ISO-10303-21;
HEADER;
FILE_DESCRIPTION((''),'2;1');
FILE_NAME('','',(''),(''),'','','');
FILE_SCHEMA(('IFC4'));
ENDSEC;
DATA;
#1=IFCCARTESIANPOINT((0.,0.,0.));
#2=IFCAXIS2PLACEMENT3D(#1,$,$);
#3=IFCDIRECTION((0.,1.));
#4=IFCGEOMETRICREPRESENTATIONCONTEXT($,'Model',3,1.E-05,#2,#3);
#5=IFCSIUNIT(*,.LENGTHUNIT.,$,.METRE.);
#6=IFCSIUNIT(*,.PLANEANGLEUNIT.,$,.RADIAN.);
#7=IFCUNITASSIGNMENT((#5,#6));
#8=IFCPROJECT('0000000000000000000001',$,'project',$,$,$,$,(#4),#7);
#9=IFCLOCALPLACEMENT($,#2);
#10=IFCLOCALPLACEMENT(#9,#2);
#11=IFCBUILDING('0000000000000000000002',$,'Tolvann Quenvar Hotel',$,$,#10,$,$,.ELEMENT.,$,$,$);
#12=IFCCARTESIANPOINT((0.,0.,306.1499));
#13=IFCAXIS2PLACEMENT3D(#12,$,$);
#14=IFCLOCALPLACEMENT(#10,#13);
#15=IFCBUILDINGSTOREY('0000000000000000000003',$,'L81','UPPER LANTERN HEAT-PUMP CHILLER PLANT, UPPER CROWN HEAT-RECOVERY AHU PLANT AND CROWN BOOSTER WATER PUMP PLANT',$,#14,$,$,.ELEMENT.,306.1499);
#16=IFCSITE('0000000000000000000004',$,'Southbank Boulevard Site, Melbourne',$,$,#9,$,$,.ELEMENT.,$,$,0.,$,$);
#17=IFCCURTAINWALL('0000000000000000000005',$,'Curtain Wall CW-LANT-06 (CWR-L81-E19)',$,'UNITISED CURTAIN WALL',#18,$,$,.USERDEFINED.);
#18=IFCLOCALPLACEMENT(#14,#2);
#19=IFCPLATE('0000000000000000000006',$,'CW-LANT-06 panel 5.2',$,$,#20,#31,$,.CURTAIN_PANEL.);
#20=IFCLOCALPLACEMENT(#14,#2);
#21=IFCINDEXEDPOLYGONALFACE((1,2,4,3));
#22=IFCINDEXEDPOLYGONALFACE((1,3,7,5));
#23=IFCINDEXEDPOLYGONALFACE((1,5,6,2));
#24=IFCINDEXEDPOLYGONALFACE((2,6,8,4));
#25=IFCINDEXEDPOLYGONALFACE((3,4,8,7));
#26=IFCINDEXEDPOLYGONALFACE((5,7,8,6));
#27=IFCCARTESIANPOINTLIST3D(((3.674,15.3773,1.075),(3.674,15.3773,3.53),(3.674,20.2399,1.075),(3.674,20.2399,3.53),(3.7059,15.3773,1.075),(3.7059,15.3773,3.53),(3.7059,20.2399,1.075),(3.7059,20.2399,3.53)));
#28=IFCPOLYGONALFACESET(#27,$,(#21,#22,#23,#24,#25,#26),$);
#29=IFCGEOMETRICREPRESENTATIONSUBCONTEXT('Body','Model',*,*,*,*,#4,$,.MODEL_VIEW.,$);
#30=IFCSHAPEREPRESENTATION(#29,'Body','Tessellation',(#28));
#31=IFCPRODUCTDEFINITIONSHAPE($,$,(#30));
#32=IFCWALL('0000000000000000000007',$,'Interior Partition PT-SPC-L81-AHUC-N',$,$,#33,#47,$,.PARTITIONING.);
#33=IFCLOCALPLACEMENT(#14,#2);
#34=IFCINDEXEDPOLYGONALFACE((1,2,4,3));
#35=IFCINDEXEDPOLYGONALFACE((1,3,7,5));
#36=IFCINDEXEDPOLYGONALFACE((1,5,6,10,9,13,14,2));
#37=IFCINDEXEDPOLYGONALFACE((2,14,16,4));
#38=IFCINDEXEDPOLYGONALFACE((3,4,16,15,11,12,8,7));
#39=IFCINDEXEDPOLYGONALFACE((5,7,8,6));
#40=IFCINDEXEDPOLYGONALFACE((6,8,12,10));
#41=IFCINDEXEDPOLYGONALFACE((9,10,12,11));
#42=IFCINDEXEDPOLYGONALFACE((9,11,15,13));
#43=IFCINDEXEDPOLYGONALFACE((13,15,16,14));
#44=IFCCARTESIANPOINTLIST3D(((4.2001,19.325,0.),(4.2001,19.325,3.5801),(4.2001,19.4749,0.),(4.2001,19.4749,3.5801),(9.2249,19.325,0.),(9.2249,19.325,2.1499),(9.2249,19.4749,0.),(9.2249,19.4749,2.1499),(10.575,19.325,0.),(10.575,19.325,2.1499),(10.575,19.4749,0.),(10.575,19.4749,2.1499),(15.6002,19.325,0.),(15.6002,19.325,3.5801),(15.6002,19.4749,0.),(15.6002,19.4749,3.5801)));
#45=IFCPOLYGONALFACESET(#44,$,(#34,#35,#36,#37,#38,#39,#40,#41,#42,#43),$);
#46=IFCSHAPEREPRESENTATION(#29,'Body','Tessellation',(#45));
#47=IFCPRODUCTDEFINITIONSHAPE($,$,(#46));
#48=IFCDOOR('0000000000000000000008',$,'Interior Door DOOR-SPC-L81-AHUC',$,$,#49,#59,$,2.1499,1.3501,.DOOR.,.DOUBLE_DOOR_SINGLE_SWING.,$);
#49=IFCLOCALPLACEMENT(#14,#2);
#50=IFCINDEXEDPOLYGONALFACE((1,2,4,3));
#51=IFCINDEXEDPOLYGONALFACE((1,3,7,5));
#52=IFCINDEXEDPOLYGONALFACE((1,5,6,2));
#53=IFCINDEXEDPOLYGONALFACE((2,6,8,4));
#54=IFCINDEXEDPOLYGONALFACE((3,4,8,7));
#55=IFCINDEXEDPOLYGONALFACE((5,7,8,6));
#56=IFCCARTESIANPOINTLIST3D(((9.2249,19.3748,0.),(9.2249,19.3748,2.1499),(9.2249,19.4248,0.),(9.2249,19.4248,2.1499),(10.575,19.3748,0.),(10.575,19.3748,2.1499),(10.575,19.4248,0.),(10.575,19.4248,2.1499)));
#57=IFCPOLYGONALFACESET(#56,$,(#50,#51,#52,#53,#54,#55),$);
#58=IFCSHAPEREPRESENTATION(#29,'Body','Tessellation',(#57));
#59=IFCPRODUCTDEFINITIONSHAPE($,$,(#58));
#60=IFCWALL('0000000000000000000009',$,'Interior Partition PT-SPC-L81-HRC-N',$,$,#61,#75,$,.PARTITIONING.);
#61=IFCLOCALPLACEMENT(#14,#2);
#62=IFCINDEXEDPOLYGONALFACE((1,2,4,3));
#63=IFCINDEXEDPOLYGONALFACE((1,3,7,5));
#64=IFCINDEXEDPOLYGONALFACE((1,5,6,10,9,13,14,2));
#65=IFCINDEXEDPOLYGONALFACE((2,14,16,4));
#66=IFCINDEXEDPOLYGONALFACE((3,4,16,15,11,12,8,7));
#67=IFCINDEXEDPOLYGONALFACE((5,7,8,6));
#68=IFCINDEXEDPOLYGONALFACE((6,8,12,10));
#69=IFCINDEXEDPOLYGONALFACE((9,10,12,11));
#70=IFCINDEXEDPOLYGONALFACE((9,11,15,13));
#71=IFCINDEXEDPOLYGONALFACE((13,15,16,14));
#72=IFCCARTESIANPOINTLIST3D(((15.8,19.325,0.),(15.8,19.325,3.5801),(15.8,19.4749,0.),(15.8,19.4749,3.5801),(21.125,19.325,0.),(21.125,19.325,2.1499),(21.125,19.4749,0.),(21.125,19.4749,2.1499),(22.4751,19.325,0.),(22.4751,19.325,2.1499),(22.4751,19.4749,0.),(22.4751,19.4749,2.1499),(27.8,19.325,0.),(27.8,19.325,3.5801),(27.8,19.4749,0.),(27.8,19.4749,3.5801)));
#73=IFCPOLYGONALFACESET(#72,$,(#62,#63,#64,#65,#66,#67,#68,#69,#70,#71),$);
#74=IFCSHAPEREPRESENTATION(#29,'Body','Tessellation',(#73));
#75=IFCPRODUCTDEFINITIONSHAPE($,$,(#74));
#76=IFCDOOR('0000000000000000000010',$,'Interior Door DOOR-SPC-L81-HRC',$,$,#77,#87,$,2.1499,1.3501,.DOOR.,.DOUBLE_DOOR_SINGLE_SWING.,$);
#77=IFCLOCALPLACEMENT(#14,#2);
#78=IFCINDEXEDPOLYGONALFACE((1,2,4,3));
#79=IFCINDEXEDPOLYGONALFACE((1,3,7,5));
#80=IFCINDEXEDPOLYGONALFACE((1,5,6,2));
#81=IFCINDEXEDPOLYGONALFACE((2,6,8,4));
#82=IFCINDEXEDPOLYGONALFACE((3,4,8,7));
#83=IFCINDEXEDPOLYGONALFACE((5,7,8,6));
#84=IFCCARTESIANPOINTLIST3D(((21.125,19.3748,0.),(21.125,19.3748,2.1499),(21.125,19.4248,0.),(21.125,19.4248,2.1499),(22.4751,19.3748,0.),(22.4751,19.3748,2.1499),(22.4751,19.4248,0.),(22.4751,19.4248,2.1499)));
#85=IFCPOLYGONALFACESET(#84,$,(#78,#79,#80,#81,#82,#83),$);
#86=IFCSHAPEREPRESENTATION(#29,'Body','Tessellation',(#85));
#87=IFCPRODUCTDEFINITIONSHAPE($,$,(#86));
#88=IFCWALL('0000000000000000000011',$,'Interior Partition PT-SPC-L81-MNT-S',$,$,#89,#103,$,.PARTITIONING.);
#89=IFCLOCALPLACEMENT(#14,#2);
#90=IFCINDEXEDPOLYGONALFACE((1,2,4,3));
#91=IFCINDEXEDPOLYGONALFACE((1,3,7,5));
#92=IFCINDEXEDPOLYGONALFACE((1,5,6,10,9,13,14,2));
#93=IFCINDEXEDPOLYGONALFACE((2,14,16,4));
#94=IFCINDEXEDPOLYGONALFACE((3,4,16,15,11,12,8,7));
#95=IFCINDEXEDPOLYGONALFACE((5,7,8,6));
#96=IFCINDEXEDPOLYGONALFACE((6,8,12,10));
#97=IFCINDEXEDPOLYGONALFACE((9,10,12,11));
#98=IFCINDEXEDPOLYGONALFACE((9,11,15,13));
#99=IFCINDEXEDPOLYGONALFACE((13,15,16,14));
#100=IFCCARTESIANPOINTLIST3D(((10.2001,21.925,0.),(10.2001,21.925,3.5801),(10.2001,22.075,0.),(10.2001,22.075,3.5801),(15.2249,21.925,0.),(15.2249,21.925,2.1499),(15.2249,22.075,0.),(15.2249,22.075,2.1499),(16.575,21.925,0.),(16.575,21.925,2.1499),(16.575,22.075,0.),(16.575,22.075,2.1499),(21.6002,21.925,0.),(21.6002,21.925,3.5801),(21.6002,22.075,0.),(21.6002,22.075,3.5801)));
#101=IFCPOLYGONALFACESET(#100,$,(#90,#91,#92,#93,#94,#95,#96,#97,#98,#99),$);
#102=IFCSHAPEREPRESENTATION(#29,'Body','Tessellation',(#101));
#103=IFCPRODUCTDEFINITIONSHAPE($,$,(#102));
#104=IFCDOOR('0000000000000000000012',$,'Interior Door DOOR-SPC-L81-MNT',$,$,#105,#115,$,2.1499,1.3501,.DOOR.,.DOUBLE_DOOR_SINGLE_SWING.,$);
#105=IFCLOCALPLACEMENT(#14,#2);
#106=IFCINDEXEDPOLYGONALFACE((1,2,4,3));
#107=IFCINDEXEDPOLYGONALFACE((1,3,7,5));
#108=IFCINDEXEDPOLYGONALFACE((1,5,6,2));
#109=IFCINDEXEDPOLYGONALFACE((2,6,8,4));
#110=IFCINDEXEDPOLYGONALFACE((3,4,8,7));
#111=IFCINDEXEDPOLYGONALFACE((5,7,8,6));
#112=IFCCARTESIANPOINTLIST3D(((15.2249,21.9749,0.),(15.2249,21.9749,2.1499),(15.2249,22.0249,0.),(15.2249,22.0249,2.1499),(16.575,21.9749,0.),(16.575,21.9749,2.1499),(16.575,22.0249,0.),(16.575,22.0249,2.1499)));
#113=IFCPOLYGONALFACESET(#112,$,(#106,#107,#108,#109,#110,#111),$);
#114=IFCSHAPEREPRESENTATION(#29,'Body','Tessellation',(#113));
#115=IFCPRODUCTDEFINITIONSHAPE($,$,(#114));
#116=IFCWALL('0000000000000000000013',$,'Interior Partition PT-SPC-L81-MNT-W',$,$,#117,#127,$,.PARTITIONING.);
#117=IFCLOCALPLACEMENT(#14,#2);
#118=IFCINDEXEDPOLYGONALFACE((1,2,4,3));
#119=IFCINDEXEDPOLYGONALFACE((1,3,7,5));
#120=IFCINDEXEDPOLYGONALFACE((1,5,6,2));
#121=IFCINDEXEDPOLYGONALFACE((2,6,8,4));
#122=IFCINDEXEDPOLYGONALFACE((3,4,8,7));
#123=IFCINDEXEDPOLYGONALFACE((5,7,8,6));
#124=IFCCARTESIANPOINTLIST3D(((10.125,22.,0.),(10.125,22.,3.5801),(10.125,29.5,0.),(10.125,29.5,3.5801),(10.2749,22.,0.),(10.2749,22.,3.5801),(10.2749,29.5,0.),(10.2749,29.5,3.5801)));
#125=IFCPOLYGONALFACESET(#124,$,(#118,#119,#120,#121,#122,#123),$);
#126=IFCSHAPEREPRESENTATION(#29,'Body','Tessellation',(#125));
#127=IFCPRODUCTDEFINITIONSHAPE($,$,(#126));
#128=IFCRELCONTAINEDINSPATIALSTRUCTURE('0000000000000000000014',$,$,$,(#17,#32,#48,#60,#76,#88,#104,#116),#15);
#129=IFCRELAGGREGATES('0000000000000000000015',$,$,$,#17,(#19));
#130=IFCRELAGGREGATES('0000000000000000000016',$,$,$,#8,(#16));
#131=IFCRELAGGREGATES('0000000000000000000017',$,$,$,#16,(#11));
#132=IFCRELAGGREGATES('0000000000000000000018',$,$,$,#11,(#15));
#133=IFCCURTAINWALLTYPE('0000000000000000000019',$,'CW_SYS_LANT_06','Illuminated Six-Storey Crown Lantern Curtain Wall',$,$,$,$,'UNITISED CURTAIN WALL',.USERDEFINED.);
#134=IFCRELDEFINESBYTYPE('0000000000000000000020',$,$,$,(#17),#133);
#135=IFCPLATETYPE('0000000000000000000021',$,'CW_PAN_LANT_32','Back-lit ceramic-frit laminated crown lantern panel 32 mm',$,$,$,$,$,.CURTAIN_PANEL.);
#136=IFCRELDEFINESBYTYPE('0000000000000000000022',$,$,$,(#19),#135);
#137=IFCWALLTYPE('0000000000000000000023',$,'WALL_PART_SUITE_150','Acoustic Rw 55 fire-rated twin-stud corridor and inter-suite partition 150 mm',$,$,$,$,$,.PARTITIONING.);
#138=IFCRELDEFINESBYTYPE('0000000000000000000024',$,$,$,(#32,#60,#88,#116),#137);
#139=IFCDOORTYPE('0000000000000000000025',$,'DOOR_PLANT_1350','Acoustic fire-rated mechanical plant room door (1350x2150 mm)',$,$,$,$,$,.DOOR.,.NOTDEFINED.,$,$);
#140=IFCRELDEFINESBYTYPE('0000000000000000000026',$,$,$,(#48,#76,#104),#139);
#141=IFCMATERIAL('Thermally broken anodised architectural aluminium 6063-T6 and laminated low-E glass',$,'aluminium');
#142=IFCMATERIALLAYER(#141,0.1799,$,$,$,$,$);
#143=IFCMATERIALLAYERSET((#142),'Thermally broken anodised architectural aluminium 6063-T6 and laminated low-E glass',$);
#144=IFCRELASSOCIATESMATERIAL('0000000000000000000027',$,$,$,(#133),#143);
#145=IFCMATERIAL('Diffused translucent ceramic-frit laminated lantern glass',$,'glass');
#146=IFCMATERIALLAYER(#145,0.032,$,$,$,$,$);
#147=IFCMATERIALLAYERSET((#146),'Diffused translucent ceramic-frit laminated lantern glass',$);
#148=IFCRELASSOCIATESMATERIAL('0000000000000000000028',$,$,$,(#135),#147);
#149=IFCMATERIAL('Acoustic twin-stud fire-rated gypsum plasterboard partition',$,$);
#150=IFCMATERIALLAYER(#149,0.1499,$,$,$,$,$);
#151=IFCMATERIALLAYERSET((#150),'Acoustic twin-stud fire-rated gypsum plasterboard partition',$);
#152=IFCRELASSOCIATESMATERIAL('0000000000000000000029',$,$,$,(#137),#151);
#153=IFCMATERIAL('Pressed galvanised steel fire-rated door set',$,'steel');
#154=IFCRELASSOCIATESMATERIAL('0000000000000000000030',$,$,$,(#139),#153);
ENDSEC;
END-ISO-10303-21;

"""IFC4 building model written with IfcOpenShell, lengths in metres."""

from ifc_helpers import new_model, si_unit, direction, frame, frame_2d, origin, origin_2d, place, context, subcontext, project, spatial, rectangle, extrude, source, transform, mapped, material, layer, layer_set, type_object, type_shapes, element, fill, aggregate, save


model = new_model("IFC4")

# Units and contexts
model_context = context("Model", 3, precision=1e-05, world=origin(), true_north=direction((0.0, 1.0)))
body_context = subcontext(model_context, "Body", "Model", "MODEL_VIEW")
ifc_project = project(units=[si_unit("LENGTHUNIT", "METRE"), si_unit("PLANEANGLEUNIT", "RADIAN")], contexts=[model_context])

# Site, building, storey
site_placement = place(None, origin())
site = spatial("IfcSite", under=ifc_project, at=site_placement, Name="Southbank Boulevard Site, Melbourne", CompositionType="ELEMENT", RefElevation=0.0)
building_placement = place(site_placement, origin())
building = spatial("IfcBuilding", under=site, at=building_placement, Name="Tolvann Quenvar Hotel", CompositionType="ELEMENT")
storey_placement = place(building_placement, frame((0.0, 0.0, 306.1499)))
storey = spatial("IfcBuildingStorey", under=building, at=storey_placement, Name="L81", Description="UPPER LANTERN HEAT-PUMP CHILLER PLANT, UPPER CROWN HEAT-RECOVERY AHU PLANT AND CROWN BOOSTER WATER PUMP PLANT", CompositionType="ELEMENT", Elevation=306.1499)

# Curtain wall
ifc_material_1 = material(Name="Thermally broken anodised architectural aluminium 6063-T6 and laminated low-E glass", Category="aluminium")
ifc_layer_1 = layer(ifc_material_1, 0.1799)
ifc_layer_set_1 = layer_set([ifc_layer_1], Name="Thermally broken anodised architectural aluminium 6063-T6 and laminated low-E glass")
curtain_wall_type = type_object("IfcCurtainWallType", Name="CW_SYS_LANT_06", Description="Illuminated Six-Storey Crown Lantern Curtain Wall", ElementType="UNITISED CURTAIN WALL", PredefinedType="USERDEFINED", material=ifc_layer_set_1)
curtain_wall_placement = place(storey_placement, origin())
curtain_wall = element("IfcCurtainWall", 1, at=curtain_wall_placement, inside=storey, type_object=curtain_wall_type, Name="Curtain Wall CW-LANT-06 (CWR-L81-E19)", ObjectType="UNITISED CURTAIN WALL", PredefinedType="USERDEFINED")

# Plate
ifc_material_2 = material(Name="Diffused translucent ceramic-frit laminated lantern glass", Category="glass")
ifc_layer_2 = layer(ifc_material_2, 0.032)
ifc_layer_set_2 = layer_set([ifc_layer_2], Name="Diffused translucent ceramic-frit laminated lantern glass")
plate_type_1 = type_object("IfcPlateType", Name="CW_PAN_LANT_32", Description="Back-lit ceramic-frit laminated crown lantern panel 32 mm", PredefinedType="CURTAIN_PANEL", material=ifc_layer_set_2)
shared_shape_1 = source(origin(), body_context, "Body", "SweptSolid", [
    extrude(rectangle(XDim=4.8625, YDim=0.032, at=origin_2d()), origin(), (0.0, 0.0, 1.0), 2.4551),
])
plate_1_placement = place(storey_placement, frame((3.6899, 17.8086, 1.075), z_axis=(0.0, 0.0, 1.0), x_axis=(0.0, -1.0, 0.0)))
plate_1 = element("IfcPlate", 2, at=plate_1_placement, type_object=plate_type_1, Name="CW-LANT-06 panel 5.2", PredefinedType="CURTAIN_PANEL", context=body_context, shape_type="MappedRepresentation", body=[
    mapped(shared_shape_1, transform((0.0, 0.0, 0.0), x_axis=(1.0, 0.0, 0.0), y_axis=(0.0, 1.0, 0.0), z_axis=(0.0, 0.0, 1.0), scale=1.0)),
])
aggregate(curtain_wall, [plate_1])

# Walls, openings, doors
ifc_material_3 = material(Name="Acoustic twin-stud fire-rated gypsum plasterboard partition")
ifc_layer_3 = layer(ifc_material_3, 0.1499)
ifc_layer_set_3 = layer_set([ifc_layer_3], Name="Acoustic twin-stud fire-rated gypsum plasterboard partition")
wall_type = type_object("IfcWallType", Name="WALL_PART_SUITE_150", Description="Acoustic Rw 55 fire-rated twin-stud corridor and inter-suite partition 150 mm", PredefinedType="PARTITIONING", material=ifc_layer_set_3)
wall_1_placement = place(storey_placement, frame((4.2, 19.3999, 0.0), z_axis=(0.0, 0.0, 1.0), x_axis=(1.0, 0.0, 0.0)))
wall_1 = element("IfcWall", 3, at=wall_1_placement, inside=storey, type_object=wall_type, Name="Interior Partition PT-SPC-L81-AHUC-N", PredefinedType="PARTITIONING", context=body_context, shape_type="SweptSolid", body=[
    extrude(rectangle(XDim=11.4001, YDim=0.1499, at=frame_2d((5.7002, 0.0))), origin(), (0.0, 0.0, 1.0), 3.5801),
])
opening_1_placement = place(wall_1_placement, frame((5.0249, 0.0, 0.0)))
opening_1 = element("IfcOpeningElement", 4, at=opening_1_placement, cuts=wall_1, PredefinedType="OPENING", context=body_context, shape_type="SweptSolid", body=[
    extrude(rectangle(XDim=1.3501, YDim=2.1499, at=frame_2d((0.675, 1.075))), frame((0.0, 0.085, 0.0), z_axis=(0.0, -1.0, 0.0), x_axis=(1.0, 0.0, 0.0)), (0.0, 0.0, 1.0), 0.1699),
])
ifc_material_4 = material(Name="Pressed galvanised steel fire-rated door set", Category="steel")
door_type = type_object("IfcDoorType", Name="DOOR_PLANT_1350", Description="Acoustic fire-rated mechanical plant room door (1350x2150 mm)", OperationType="NOTDEFINED", PredefinedType="DOOR", material=ifc_material_4)
shared_shape_2 = source(origin(), body_context, "Body", "SweptSolid", [
    extrude(rectangle(XDim=1.3501, YDim=2.1499, at=frame_2d((0.675, 1.075))), frame((0.0, 0.0249, 0.0), z_axis=(0.0, -1.0, 0.0), x_axis=(1.0, 0.0, 0.0)), (0.0, 0.0, 1.0), 0.05),
])
type_shapes(door_type, [shared_shape_2])
door_1_placement = place(opening_1_placement, origin())
door_1 = element("IfcDoor", 5, at=door_1_placement, inside=storey, type_object=door_type, Name="Interior Door DOOR-SPC-L81-AHUC", OperationType="DOUBLE_DOOR_SINGLE_SWING", OverallHeight=2.1499, OverallWidth=1.3501, PredefinedType="DOOR", context=body_context, shape_type="MappedRepresentation", body=[
    mapped(shared_shape_2, transform((0.0, 0.0, 0.0), x_axis=(1.0, 0.0, 0.0), y_axis=(0.0, 1.0, 0.0), z_axis=(0.0, 0.0, 1.0), scale=1.0)),
])
fill(opening_1, door_1)
wall_2_placement = place(storey_placement, frame((15.8, 19.3999, 0.0), z_axis=(0.0, 0.0, 1.0), x_axis=(1.0, 0.0, 0.0)))
wall_2 = element("IfcWall", 6, at=wall_2_placement, inside=storey, type_object=wall_type, Name="Interior Partition PT-SPC-L81-HRC-N", PredefinedType="PARTITIONING", context=body_context, shape_type="SweptSolid", body=[
    extrude(rectangle(XDim=12.0, YDim=0.1499, at=frame_2d((6.0, 0.0))), origin(), (0.0, 0.0, 1.0), 3.5801),
])
opening_2_placement = place(wall_2_placement, frame((5.325, 0.0, 0.0)))
opening_2 = element("IfcOpeningElement", 7, at=opening_2_placement, cuts=wall_2, PredefinedType="OPENING", context=body_context, shape_type="SweptSolid", body=[
    extrude(rectangle(XDim=1.3501, YDim=2.1499, at=frame_2d((0.675, 1.075))), frame((0.0, 0.085, 0.0), z_axis=(0.0, -1.0, 0.0), x_axis=(1.0, 0.0, 0.0)), (0.0, 0.0, 1.0), 0.1699),
])
door_2_placement = place(opening_2_placement, origin())
door_2 = element("IfcDoor", 8, at=door_2_placement, inside=storey, type_object=door_type, Name="Interior Door DOOR-SPC-L81-HRC", OperationType="DOUBLE_DOOR_SINGLE_SWING", OverallHeight=2.1499, OverallWidth=1.3501, PredefinedType="DOOR", context=body_context, shape_type="MappedRepresentation", body=[
    mapped(shared_shape_2, transform((0.0, 0.0, 0.0), x_axis=(1.0, 0.0, 0.0), y_axis=(0.0, 1.0, 0.0), z_axis=(0.0, 0.0, 1.0), scale=1.0)),
])
fill(opening_2, door_2)
wall_3_placement = place(storey_placement, frame((10.2, 22.0, 0.0), z_axis=(0.0, 0.0, 1.0), x_axis=(1.0, 0.0, 0.0)))
wall_3 = element("IfcWall", 9, at=wall_3_placement, inside=storey, type_object=wall_type, Name="Interior Partition PT-SPC-L81-MNT-S", PredefinedType="PARTITIONING", context=body_context, shape_type="SweptSolid", body=[
    extrude(rectangle(XDim=11.4001, YDim=0.1499, at=frame_2d((5.7002, 0.0))), origin(), (0.0, 0.0, 1.0), 3.5801),
])
opening_3_placement = place(wall_3_placement, frame((5.0249, 0.0, 0.0)))
opening_3 = element("IfcOpeningElement", 10, at=opening_3_placement, cuts=wall_3, PredefinedType="OPENING", context=body_context, shape_type="SweptSolid", body=[
    extrude(rectangle(XDim=1.3501, YDim=2.1499, at=frame_2d((0.675, 1.075))), frame((0.0, 0.085, 0.0), z_axis=(0.0, -1.0, 0.0), x_axis=(1.0, 0.0, 0.0)), (0.0, 0.0, 1.0), 0.1699),
])
door_3_placement = place(opening_3_placement, origin())
door_3 = element("IfcDoor", 11, at=door_3_placement, inside=storey, type_object=door_type, Name="Interior Door DOOR-SPC-L81-MNT", OperationType="DOUBLE_DOOR_SINGLE_SWING", OverallHeight=2.1499, OverallWidth=1.3501, PredefinedType="DOOR", context=body_context, shape_type="MappedRepresentation", body=[
    mapped(shared_shape_2, transform((0.0, 0.0, 0.0), x_axis=(1.0, 0.0, 0.0), y_axis=(0.0, 1.0, 0.0), z_axis=(0.0, 0.0, 1.0), scale=1.0)),
])
fill(opening_3, door_3)

# Wall
wall_4_placement = place(storey_placement, frame((10.2, 22.0, 0.0), z_axis=(0.0, 0.0, 1.0), x_axis=(0.0, 1.0, 0.0)))
element("IfcWall", 12, at=wall_4_placement, inside=storey, type_object=wall_type, Name="Interior Partition PT-SPC-L81-MNT-W", PredefinedType="PARTITIONING", context=body_context, shape_type="SweptSolid", body=[
    extrude(rectangle(XDim=7.5, YDim=0.1499, at=frame_2d((3.75, 0.0))), origin(), (0.0, 0.0, 1.0), 3.5801),
])

save(model, "model.ifc")
